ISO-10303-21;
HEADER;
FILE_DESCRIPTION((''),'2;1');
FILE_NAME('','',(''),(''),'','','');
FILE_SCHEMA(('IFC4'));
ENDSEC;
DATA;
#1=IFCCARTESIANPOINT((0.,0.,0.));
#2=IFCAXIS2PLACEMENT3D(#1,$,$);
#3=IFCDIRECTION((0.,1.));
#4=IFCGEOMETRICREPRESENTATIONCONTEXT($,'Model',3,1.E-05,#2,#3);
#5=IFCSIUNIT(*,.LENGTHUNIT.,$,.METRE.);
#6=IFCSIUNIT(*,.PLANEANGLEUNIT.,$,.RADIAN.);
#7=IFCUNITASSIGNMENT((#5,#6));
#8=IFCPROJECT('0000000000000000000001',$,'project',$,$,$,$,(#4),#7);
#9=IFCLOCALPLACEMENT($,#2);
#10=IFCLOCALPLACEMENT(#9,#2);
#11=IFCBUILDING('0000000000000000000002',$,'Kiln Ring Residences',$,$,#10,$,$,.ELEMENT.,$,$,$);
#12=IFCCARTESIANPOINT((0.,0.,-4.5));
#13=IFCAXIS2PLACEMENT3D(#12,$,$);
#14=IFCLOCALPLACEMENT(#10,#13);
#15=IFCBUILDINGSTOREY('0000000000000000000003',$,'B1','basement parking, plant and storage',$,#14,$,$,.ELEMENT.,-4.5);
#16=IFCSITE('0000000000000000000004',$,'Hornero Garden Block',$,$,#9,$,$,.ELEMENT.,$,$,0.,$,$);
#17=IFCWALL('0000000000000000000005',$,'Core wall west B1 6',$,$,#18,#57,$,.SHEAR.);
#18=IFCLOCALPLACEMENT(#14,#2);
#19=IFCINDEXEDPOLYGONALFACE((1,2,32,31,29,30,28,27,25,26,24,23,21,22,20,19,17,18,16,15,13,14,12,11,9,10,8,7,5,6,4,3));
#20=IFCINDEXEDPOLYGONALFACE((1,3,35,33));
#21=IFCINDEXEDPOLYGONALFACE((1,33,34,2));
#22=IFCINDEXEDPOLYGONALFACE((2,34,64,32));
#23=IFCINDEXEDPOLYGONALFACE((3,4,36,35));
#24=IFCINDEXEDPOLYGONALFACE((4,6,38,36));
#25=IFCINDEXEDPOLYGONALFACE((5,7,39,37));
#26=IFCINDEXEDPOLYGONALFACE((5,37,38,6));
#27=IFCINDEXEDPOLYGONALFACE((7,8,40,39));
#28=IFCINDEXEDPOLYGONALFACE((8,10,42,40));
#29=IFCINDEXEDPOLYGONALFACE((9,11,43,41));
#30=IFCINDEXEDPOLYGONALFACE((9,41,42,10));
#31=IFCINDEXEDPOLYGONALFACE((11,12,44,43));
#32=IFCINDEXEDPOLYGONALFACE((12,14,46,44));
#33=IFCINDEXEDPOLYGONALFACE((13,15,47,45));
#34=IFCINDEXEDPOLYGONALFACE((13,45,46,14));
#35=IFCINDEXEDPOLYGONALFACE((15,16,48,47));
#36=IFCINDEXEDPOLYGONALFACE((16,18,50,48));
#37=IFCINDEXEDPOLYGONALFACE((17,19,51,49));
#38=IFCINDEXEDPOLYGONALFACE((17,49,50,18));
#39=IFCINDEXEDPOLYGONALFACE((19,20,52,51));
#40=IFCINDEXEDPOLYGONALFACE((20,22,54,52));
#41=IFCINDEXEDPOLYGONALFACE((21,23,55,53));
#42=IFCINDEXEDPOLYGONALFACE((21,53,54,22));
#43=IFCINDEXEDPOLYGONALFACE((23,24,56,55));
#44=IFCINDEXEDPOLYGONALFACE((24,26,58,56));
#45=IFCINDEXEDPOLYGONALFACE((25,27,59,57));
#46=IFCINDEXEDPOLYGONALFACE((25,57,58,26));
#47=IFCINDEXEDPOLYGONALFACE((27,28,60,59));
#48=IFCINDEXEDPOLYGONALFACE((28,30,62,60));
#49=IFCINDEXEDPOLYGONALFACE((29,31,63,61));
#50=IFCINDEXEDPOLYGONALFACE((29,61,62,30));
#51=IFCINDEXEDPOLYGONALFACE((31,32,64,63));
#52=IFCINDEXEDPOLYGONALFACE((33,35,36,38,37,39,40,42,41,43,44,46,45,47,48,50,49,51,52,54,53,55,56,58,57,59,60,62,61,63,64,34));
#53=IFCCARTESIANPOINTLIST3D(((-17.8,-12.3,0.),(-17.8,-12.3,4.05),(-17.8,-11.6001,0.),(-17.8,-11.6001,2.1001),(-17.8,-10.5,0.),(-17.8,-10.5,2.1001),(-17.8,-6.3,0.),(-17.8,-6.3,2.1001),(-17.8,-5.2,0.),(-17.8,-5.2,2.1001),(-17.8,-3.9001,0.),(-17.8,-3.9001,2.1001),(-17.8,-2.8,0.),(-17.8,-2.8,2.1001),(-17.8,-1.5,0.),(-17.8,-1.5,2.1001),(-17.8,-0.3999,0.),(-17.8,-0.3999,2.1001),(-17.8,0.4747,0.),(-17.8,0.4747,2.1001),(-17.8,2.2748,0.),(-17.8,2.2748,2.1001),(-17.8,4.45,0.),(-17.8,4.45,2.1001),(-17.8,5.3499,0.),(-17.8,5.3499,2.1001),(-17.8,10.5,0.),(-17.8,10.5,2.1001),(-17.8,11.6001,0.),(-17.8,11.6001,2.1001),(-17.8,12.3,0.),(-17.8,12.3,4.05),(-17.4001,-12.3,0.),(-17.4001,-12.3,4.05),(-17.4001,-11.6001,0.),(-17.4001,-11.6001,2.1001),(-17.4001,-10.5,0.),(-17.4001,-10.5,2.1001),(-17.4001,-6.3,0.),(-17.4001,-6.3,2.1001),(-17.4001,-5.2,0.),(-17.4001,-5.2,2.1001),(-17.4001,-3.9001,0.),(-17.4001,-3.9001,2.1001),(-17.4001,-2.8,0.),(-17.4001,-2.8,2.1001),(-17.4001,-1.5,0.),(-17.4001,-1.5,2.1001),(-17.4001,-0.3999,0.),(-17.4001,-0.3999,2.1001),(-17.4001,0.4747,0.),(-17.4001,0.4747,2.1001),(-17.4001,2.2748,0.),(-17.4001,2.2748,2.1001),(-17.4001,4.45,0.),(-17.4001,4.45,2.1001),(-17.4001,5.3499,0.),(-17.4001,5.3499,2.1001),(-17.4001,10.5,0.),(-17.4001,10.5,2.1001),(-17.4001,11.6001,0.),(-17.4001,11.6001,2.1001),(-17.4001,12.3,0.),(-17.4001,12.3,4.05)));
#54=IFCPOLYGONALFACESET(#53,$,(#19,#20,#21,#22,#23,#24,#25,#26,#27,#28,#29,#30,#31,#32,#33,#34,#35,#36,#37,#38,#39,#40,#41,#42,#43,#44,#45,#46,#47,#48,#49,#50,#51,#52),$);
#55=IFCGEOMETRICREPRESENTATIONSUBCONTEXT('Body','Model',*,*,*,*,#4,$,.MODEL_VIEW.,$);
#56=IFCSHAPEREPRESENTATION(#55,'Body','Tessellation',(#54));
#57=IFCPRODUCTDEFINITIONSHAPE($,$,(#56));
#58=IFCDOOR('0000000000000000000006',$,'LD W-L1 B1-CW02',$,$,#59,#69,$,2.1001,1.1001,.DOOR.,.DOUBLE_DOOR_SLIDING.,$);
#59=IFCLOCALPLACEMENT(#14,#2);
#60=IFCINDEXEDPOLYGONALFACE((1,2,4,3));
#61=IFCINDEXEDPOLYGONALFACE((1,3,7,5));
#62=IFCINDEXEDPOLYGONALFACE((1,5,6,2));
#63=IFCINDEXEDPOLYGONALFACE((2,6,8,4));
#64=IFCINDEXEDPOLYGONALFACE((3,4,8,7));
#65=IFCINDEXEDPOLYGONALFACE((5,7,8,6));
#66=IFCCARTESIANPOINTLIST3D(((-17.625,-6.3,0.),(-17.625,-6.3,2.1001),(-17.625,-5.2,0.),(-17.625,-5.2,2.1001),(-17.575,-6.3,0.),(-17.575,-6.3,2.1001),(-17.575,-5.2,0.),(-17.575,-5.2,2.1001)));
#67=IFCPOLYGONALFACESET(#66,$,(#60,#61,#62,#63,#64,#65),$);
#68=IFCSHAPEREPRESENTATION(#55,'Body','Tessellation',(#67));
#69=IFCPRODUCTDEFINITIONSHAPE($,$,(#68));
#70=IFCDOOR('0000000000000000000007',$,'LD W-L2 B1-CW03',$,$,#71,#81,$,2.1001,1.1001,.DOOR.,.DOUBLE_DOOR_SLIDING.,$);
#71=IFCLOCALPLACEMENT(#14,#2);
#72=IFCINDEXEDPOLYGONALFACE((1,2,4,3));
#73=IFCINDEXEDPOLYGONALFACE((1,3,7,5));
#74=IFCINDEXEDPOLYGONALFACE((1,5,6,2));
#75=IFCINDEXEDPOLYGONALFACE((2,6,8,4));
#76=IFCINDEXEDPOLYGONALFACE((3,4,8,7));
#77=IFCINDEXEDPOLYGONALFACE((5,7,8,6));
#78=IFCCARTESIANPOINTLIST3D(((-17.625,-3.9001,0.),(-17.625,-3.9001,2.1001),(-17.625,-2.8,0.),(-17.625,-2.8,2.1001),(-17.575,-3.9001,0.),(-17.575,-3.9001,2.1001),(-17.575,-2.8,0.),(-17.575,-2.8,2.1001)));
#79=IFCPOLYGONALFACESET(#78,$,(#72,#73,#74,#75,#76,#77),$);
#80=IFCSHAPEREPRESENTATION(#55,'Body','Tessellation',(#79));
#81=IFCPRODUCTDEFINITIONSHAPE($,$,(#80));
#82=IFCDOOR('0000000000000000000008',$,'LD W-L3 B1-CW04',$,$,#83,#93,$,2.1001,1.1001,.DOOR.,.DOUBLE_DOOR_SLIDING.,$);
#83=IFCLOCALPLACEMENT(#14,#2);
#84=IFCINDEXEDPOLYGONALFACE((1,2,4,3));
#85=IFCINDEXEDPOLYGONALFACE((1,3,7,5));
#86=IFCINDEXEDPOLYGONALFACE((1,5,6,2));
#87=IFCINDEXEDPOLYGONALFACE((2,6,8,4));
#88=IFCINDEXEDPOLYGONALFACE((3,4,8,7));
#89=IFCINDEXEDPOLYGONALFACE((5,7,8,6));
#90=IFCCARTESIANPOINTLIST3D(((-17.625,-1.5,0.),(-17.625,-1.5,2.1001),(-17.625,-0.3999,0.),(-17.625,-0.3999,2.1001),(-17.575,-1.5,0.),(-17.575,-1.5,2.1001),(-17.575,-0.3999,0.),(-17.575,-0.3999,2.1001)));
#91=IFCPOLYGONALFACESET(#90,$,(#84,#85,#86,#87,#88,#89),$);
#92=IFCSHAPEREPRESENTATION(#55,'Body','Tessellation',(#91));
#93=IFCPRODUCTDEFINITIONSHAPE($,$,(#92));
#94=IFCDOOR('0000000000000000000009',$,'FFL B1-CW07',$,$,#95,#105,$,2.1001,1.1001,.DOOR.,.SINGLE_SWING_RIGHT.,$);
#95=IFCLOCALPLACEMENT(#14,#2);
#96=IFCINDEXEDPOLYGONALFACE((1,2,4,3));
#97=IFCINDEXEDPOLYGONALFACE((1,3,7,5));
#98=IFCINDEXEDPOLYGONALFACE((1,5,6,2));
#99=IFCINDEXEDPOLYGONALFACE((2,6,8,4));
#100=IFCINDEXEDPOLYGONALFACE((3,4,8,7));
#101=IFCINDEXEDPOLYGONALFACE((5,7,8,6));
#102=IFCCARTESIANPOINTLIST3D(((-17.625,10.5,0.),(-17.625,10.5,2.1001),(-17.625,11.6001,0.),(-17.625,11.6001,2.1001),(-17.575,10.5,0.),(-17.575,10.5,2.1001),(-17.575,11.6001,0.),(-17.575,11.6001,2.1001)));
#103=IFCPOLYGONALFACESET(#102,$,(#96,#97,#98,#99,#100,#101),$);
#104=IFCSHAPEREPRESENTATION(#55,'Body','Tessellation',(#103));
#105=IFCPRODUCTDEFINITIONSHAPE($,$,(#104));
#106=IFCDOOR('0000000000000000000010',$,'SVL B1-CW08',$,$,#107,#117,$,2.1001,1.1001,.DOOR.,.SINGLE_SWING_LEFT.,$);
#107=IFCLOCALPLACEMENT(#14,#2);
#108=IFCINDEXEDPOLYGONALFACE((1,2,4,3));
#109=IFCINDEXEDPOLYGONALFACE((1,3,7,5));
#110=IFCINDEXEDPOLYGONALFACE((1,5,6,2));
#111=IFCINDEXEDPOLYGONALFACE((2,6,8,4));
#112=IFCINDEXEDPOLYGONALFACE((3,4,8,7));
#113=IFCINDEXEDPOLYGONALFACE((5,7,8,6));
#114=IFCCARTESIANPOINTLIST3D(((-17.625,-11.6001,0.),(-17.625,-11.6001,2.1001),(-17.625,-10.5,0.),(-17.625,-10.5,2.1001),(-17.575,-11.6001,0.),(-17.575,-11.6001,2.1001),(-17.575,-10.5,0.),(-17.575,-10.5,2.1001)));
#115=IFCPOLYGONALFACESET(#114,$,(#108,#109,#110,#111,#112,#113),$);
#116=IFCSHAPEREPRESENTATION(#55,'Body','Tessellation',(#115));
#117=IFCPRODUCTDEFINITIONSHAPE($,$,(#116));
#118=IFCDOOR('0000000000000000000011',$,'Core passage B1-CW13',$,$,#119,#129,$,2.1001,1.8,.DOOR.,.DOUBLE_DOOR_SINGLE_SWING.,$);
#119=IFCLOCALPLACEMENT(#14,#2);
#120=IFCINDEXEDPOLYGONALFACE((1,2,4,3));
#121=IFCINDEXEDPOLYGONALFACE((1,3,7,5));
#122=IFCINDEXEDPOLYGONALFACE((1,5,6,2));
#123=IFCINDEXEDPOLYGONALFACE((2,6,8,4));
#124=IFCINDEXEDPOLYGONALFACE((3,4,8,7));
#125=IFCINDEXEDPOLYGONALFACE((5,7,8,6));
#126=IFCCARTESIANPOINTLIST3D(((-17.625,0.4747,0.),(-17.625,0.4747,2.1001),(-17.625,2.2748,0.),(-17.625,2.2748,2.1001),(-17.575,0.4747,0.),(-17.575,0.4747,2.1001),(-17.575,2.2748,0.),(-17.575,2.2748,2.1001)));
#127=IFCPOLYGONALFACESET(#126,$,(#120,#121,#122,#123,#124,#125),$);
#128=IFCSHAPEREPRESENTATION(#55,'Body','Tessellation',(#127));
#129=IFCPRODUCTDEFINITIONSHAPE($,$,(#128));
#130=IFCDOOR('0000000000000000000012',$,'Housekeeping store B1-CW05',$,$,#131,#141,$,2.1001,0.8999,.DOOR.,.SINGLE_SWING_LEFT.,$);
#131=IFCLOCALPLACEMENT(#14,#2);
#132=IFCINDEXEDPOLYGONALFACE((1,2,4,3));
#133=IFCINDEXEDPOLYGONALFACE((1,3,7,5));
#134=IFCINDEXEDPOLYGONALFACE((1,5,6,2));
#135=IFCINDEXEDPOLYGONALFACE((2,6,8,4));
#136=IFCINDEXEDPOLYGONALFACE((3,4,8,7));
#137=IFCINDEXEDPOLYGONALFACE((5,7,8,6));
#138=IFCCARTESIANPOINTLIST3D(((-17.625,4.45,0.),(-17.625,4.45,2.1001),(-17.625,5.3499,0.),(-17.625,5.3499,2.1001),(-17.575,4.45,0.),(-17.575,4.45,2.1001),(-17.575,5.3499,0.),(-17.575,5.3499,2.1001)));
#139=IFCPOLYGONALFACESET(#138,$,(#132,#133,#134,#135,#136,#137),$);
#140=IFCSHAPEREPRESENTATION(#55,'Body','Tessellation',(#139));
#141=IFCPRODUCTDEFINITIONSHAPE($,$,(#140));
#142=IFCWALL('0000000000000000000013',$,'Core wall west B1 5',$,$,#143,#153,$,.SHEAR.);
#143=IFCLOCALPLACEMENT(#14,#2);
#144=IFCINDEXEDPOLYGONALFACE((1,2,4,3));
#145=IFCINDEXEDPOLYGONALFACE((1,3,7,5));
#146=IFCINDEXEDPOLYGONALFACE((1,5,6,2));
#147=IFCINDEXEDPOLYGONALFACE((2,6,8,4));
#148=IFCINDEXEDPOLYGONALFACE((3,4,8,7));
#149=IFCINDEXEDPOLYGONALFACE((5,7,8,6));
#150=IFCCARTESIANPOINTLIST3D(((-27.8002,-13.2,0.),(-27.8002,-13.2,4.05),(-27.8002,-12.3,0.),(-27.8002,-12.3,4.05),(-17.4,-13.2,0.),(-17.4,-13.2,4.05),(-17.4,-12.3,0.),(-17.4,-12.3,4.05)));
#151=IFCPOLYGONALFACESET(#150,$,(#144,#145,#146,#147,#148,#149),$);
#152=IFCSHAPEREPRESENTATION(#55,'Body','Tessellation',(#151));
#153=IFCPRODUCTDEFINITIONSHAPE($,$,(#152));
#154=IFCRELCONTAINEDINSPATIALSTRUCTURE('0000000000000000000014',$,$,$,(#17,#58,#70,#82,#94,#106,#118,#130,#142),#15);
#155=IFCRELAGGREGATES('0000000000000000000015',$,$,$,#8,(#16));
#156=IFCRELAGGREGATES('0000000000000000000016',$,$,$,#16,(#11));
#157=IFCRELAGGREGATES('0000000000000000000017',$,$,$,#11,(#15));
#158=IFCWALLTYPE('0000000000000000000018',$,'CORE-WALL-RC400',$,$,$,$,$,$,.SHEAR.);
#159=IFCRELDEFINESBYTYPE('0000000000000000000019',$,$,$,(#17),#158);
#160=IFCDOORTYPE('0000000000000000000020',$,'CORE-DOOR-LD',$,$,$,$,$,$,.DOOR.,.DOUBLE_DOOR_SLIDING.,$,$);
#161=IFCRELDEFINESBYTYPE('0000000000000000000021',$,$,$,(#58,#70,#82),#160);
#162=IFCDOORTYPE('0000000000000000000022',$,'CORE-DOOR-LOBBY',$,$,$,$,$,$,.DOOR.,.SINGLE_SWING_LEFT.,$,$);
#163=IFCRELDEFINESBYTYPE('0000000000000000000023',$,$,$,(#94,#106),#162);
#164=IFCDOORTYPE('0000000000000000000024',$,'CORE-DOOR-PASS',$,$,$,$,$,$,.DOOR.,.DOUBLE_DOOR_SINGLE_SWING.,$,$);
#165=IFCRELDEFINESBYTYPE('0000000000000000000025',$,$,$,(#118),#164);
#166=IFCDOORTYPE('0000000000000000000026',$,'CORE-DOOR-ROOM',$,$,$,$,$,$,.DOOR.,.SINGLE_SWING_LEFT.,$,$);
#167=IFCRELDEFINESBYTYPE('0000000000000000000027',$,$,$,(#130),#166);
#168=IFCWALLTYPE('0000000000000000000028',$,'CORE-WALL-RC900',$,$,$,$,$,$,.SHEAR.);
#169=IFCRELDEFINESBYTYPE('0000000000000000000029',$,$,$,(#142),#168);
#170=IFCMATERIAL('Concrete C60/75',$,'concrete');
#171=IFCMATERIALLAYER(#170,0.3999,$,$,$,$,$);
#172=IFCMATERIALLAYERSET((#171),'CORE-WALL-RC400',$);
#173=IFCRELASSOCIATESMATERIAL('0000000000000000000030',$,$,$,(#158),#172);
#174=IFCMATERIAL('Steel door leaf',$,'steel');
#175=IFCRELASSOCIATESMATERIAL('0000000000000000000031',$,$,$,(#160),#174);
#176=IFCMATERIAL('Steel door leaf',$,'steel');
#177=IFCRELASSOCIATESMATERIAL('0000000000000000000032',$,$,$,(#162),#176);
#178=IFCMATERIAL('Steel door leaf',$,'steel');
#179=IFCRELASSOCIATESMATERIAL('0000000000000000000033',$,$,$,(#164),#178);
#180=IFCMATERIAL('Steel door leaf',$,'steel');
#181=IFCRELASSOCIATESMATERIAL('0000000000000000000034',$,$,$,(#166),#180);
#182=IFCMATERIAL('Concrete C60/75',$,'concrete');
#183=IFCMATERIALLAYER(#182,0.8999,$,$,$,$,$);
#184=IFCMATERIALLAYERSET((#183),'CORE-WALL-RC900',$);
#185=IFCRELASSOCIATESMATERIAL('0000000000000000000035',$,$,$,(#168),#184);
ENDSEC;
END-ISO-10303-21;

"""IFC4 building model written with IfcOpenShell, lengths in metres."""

from ifc_helpers import new_model, si_unit, direction, frame, frame_2d, origin, place, context, subcontext, project, spatial, rectangle, extrude, material, layer, layer_set, type_object, element, fill, save


model = new_model("IFC4")

# Units and contexts
model_context = context("Model", 3, precision=1e-05, world=origin(), true_north=direction((0.0, 1.0)))
body_context = subcontext(model_context, "Body", "Model", "MODEL_VIEW")
ifc_project = project(units=[si_unit("LENGTHUNIT", "METRE"), si_unit("PLANEANGLEUNIT", "RADIAN")], contexts=[model_context])

# Site, building, storey
site_placement = place(None, origin())
site = spatial("IfcSite", under=ifc_project, at=site_placement, Name="Hornero Garden Block", CompositionType="ELEMENT", RefElevation=0.0)
building_placement = place(site_placement, origin())
building = spatial("IfcBuilding", under=site, at=building_placement, Name="Kiln Ring Residences", CompositionType="ELEMENT")
storey_placement = place(building_placement, frame((0.0, 0.0, -4.5)))
storey = spatial("IfcBuildingStorey", under=building, at=storey_placement, Name="B1", Description="basement parking, plant and storage", CompositionType="ELEMENT", Elevation=-4.5)

# Wall, openings, doors
ifc_material_1 = material(Name="Concrete C60/75", Category="concrete")
ifc_layer_1 = layer(ifc_material_1, 0.3999)
ifc_layer_set_1 = layer_set([ifc_layer_1], Name="CORE-WALL-RC400")
wall_type_1 = type_object("IfcWallType", Name="CORE-WALL-RC400", PredefinedType="SHEAR", material=ifc_layer_set_1)
wall_1_placement = place(storey_placement, frame((-17.6001, -12.3, 0.0), z_axis=(0.0, 0.0, 1.0), x_axis=(0.0, 1.0, 0.0)))
wall_1 = element("IfcWall", 1, at=wall_1_placement, inside=storey, type_object=wall_type_1, Name="Core wall west B1 6", PredefinedType="SHEAR", context=body_context, shape_type="SweptSolid", body=[
    extrude(rectangle(XDim=24.6001, YDim=0.3999, at=frame_2d((12.3, 0.0))), origin(), (0.0, 0.0, 1.0), 4.05),
])
opening_1_placement = place(wall_1_placement, frame((6.0, 0.0, 0.0)))
opening_1 = element("IfcOpeningElement", 2, at=opening_1_placement, cuts=wall_1, PredefinedType="OPENING", context=body_context, shape_type="SweptSolid", body=[
    extrude(rectangle(XDim=1.1001, YDim=2.1001, at=frame_2d((0.55, 1.05))), frame((0.0, 0.21, 0.0), z_axis=(0.0, -1.0, 0.0), x_axis=(1.0, 0.0, 0.0)), (0.0, 0.0, 1.0), 0.4199),
])
opening_2_placement = place(wall_1_placement, frame((8.3999, 0.0, 0.0)))
opening_2 = element("IfcOpeningElement", 3, at=opening_2_placement, cuts=wall_1, PredefinedType="OPENING", context=body_context, shape_type="SweptSolid", body=[
    extrude(rectangle(XDim=1.1001, YDim=2.1001, at=frame_2d((0.55, 1.05))), frame((0.0, 0.21, 0.0), z_axis=(0.0, -1.0, 0.0), x_axis=(1.0, 0.0, 0.0)), (0.0, 0.0, 1.0), 0.4199),
])
opening_3_placement = place(wall_1_placement, frame((10.8, 0.0, 0.0)))
opening_3 = element("IfcOpeningElement", 4, at=opening_3_placement, cuts=wall_1, PredefinedType="OPENING", context=body_context, shape_type="SweptSolid", body=[
    extrude(rectangle(XDim=1.1001, YDim=2.1001, at=frame_2d((0.55, 1.05))), frame((0.0, 0.21, 0.0), z_axis=(0.0, -1.0, 0.0), x_axis=(1.0, 0.0, 0.0)), (0.0, 0.0, 1.0), 0.4199),
])
opening_4_placement = place(wall_1_placement, frame((16.75, 0.0, 0.0)))
opening_4 = element("IfcOpeningElement", 5, at=opening_4_placement, cuts=wall_1, PredefinedType="OPENING", context=body_context, shape_type="SweptSolid", body=[
    extrude(rectangle(XDim=0.8999, YDim=2.1001, at=frame_2d((0.45, 1.05))), frame((0.0, 0.21, 0.0), z_axis=(0.0, -1.0, 0.0), x_axis=(1.0, 0.0, 0.0)), (0.0, 0.0, 1.0), 0.4199),
])
opening_5_placement = place(wall_1_placement, frame((22.8, 0.0, 0.0)))
opening_5 = element("IfcOpeningElement", 6, at=opening_5_placement, cuts=wall_1, PredefinedType="OPENING", context=body_context, shape_type="SweptSolid", body=[
    extrude(rectangle(XDim=1.1001, YDim=2.1001, at=frame_2d((0.55, 1.05))), frame((0.0, 0.21, 0.0), z_axis=(0.0, -1.0, 0.0), x_axis=(1.0, 0.0, 0.0)), (0.0, 0.0, 1.0), 0.4199),
])
opening_6_placement = place(wall_1_placement, frame((0.7, 0.0, 0.0)))
opening_6 = element("IfcOpeningElement", 7, at=opening_6_placement, cuts=wall_1, PredefinedType="OPENING", context=body_context, shape_type="SweptSolid", body=[
    extrude(rectangle(XDim=1.1001, YDim=2.1001, at=frame_2d((0.55, 1.05))), frame((0.0, 0.21, 0.0), z_axis=(0.0, -1.0, 0.0), x_axis=(1.0, 0.0, 0.0)), (0.0, 0.0, 1.0), 0.4199),
])
opening_7_placement = place(wall_1_placement, frame((12.7749, 0.0, 0.0)))
opening_7 = element("IfcOpeningElement", 8, at=opening_7_placement, cuts=wall_1, PredefinedType="OPENING", context=body_context, shape_type="SweptSolid", body=[
    extrude(rectangle(XDim=1.8, YDim=2.1001, at=frame_2d((0.8999, 1.05))), frame((0.0, 0.21, 0.0), z_axis=(0.0, -1.0, 0.0), x_axis=(1.0, 0.0, 0.0)), (0.0, 0.0, 1.0), 0.4199),
])
ifc_material_2 = material(Name="Steel door leaf", Category="steel")
door_type_1 = type_object("IfcDoorType", Name="CORE-DOOR-LD", OperationType="DOUBLE_DOOR_SLIDING", PredefinedType="DOOR", material=ifc_material_2)
door_1_placement = place(opening_1_placement, origin())
door_1 = element("IfcDoor", 9, at=door_1_placement, inside=storey, type_object=door_type_1, Name="LD W-L1 B1-CW02", OperationType="DOUBLE_DOOR_SLIDING", OverallHeight=2.1001, OverallWidth=1.1001, PredefinedType="DOOR", context=body_context, shape_type="SweptSolid", body=[
    extrude(rectangle(XDim=1.1001, YDim=2.1001, at=frame_2d((0.55, 1.05))), frame((0.0, 0.0249, 0.0), z_axis=(0.0, -1.0, 0.0), x_axis=(1.0, 0.0, 0.0)), (0.0, 0.0, 1.0), 0.05),
])
fill(opening_1, door_1)
door_2_placement = place(opening_2_placement, origin())
door_2 = element("IfcDoor", 10, at=door_2_placement, inside=storey, type_object=door_type_1, Name="LD W-L2 B1-CW03", OperationType="DOUBLE_DOOR_SLIDING", OverallHeight=2.1001, OverallWidth=1.1001, PredefinedType="DOOR", context=body_context, shape_type="SweptSolid", body=[
    extrude(rectangle(XDim=1.1001, YDim=2.1001, at=frame_2d((0.55, 1.05))), frame((0.0, 0.0249, 0.0), z_axis=(0.0, -1.0, 0.0), x_axis=(1.0, 0.0, 0.0)), (0.0, 0.0, 1.0), 0.05),
])
fill(opening_2, door_2)
door_3_placement = place(opening_3_placement, origin())
door_3 = element("IfcDoor", 11, at=door_3_placement, inside=storey, type_object=door_type_1, Name="LD W-L3 B1-CW04", OperationType="DOUBLE_DOOR_SLIDING", OverallHeight=2.1001, OverallWidth=1.1001, PredefinedType="DOOR", context=body_context, shape_type="SweptSolid", body=[
    extrude(rectangle(XDim=1.1001, YDim=2.1001, at=frame_2d((0.55, 1.05))), frame((0.0, 0.0249, 0.0), z_axis=(0.0, -1.0, 0.0), x_axis=(1.0, 0.0, 0.0)), (0.0, 0.0, 1.0), 0.05),
])
fill(opening_3, door_3)
ifc_material_3 = material(Name="Steel door leaf", Category="steel")
door_type_2 = type_object("IfcDoorType", Name="CORE-DOOR-LOBBY", OperationType="SINGLE_SWING_LEFT", PredefinedType="DOOR", material=ifc_material_3)
door_4_placement = place(opening_5_placement, origin())
door_4 = element("IfcDoor", 12, at=door_4_placement, inside=storey, type_object=door_type_2, Name="FFL B1-CW07", OperationType="SINGLE_SWING_RIGHT", OverallHeight=2.1001, OverallWidth=1.1001, PredefinedType="DOOR", context=body_context, shape_type="SweptSolid", body=[
    extrude(rectangle(XDim=1.1001, YDim=2.1001, at=frame_2d((0.55, 1.05))), frame((0.0, 0.0249, 0.0), z_axis=(0.0, -1.0, 0.0), x_axis=(1.0, 0.0, 0.0)), (0.0, 0.0, 1.0), 0.05),
])
fill(opening_5, door_4)
door_5_placement = place(opening_6_placement, origin())
door_5 = element("IfcDoor", 13, at=door_5_placement, inside=storey, type_object=door_type_2, Name="SVL B1-CW08", OperationType="SINGLE_SWING_LEFT", OverallHeight=2.1001, OverallWidth=1.1001, PredefinedType="DOOR", context=body_context, shape_type="SweptSolid", body=[
    extrude(rectangle(XDim=1.1001, YDim=2.1001, at=frame_2d((0.55, 1.05))), frame((0.0, 0.0249, 0.0), z_axis=(0.0, -1.0, 0.0), x_axis=(1.0, 0.0, 0.0)), (0.0, 0.0, 1.0), 0.05),
])
fill(opening_6, door_5)
ifc_material_4 = material(Name="Steel door leaf", Category="steel")
door_type_3 = type_object("IfcDoorType", Name="CORE-DOOR-PASS", OperationType="DOUBLE_DOOR_SINGLE_SWING", PredefinedType="DOOR", material=ifc_material_4)
door_6_placement = place(opening_7_placement, origin())
door_6 = element("IfcDoor", 14, at=door_6_placement, inside=storey, type_object=door_type_3, Name="Core passage B1-CW13", OperationType="DOUBLE_DOOR_SINGLE_SWING", OverallHeight=2.1001, OverallWidth=1.8, PredefinedType="DOOR", context=body_context, shape_type="SweptSolid", body=[
    extrude(rectangle(XDim=1.8, YDim=2.1001, at=frame_2d((0.8999, 1.05))), frame((0.0, 0.0249, 0.0), z_axis=(0.0, -1.0, 0.0), x_axis=(1.0, 0.0, 0.0)), (0.0, 0.0, 1.0), 0.05),
])
fill(opening_7, door_6)
ifc_material_5 = material(Name="Steel door leaf", Category="steel")
door_type_4 = type_object("IfcDoorType", Name="CORE-DOOR-ROOM", OperationType="SINGLE_SWING_LEFT", PredefinedType="DOOR", material=ifc_material_5)
door_7_placement = place(opening_4_placement, origin())
door_7 = element("IfcDoor", 15, at=door_7_placement, inside=storey, type_object=door_type_4, Name="Housekeeping store B1-CW05", OperationType="SINGLE_SWING_LEFT", OverallHeight=2.1001, OverallWidth=0.8999, PredefinedType="DOOR", context=body_context, shape_type="SweptSolid", body=[
    extrude(rectangle(XDim=0.8999, YDim=2.1001, at=frame_2d((0.45, 1.05))), frame((0.0, 0.0249, 0.0), z_axis=(0.0, -1.0, 0.0), x_axis=(1.0, 0.0, 0.0)), (0.0, 0.0, 1.0), 0.05),
])
fill(opening_4, door_7)

# Wall
ifc_material_6 = material(Name="Concrete C60/75", Category="concrete")
ifc_layer_2 = layer(ifc_material_6, 0.8999)
ifc_layer_set_2 = layer_set([ifc_layer_2], Name="CORE-WALL-RC900")
wall_type_2 = type_object("IfcWallType", Name="CORE-WALL-RC900", PredefinedType="SHEAR", material=ifc_layer_set_2)
wall_2_placement = place(storey_placement, frame((-17.3999, -12.75, 0.0), z_axis=(0.0, 0.0, 1.0), x_axis=(-1.0, 0.0, 0.0)))
element("IfcWall", 16, at=wall_2_placement, inside=storey, type_object=wall_type_2, Name="Core wall west B1 5", PredefinedType="SHEAR", context=body_context, shape_type="SweptSolid", body=[
    extrude(rectangle(XDim=10.4001, YDim=0.8999, at=frame_2d((5.2002, 0.0))), origin(), (0.0, 0.0, 1.0), 4.05),
])

save(model, "model.ifc")
